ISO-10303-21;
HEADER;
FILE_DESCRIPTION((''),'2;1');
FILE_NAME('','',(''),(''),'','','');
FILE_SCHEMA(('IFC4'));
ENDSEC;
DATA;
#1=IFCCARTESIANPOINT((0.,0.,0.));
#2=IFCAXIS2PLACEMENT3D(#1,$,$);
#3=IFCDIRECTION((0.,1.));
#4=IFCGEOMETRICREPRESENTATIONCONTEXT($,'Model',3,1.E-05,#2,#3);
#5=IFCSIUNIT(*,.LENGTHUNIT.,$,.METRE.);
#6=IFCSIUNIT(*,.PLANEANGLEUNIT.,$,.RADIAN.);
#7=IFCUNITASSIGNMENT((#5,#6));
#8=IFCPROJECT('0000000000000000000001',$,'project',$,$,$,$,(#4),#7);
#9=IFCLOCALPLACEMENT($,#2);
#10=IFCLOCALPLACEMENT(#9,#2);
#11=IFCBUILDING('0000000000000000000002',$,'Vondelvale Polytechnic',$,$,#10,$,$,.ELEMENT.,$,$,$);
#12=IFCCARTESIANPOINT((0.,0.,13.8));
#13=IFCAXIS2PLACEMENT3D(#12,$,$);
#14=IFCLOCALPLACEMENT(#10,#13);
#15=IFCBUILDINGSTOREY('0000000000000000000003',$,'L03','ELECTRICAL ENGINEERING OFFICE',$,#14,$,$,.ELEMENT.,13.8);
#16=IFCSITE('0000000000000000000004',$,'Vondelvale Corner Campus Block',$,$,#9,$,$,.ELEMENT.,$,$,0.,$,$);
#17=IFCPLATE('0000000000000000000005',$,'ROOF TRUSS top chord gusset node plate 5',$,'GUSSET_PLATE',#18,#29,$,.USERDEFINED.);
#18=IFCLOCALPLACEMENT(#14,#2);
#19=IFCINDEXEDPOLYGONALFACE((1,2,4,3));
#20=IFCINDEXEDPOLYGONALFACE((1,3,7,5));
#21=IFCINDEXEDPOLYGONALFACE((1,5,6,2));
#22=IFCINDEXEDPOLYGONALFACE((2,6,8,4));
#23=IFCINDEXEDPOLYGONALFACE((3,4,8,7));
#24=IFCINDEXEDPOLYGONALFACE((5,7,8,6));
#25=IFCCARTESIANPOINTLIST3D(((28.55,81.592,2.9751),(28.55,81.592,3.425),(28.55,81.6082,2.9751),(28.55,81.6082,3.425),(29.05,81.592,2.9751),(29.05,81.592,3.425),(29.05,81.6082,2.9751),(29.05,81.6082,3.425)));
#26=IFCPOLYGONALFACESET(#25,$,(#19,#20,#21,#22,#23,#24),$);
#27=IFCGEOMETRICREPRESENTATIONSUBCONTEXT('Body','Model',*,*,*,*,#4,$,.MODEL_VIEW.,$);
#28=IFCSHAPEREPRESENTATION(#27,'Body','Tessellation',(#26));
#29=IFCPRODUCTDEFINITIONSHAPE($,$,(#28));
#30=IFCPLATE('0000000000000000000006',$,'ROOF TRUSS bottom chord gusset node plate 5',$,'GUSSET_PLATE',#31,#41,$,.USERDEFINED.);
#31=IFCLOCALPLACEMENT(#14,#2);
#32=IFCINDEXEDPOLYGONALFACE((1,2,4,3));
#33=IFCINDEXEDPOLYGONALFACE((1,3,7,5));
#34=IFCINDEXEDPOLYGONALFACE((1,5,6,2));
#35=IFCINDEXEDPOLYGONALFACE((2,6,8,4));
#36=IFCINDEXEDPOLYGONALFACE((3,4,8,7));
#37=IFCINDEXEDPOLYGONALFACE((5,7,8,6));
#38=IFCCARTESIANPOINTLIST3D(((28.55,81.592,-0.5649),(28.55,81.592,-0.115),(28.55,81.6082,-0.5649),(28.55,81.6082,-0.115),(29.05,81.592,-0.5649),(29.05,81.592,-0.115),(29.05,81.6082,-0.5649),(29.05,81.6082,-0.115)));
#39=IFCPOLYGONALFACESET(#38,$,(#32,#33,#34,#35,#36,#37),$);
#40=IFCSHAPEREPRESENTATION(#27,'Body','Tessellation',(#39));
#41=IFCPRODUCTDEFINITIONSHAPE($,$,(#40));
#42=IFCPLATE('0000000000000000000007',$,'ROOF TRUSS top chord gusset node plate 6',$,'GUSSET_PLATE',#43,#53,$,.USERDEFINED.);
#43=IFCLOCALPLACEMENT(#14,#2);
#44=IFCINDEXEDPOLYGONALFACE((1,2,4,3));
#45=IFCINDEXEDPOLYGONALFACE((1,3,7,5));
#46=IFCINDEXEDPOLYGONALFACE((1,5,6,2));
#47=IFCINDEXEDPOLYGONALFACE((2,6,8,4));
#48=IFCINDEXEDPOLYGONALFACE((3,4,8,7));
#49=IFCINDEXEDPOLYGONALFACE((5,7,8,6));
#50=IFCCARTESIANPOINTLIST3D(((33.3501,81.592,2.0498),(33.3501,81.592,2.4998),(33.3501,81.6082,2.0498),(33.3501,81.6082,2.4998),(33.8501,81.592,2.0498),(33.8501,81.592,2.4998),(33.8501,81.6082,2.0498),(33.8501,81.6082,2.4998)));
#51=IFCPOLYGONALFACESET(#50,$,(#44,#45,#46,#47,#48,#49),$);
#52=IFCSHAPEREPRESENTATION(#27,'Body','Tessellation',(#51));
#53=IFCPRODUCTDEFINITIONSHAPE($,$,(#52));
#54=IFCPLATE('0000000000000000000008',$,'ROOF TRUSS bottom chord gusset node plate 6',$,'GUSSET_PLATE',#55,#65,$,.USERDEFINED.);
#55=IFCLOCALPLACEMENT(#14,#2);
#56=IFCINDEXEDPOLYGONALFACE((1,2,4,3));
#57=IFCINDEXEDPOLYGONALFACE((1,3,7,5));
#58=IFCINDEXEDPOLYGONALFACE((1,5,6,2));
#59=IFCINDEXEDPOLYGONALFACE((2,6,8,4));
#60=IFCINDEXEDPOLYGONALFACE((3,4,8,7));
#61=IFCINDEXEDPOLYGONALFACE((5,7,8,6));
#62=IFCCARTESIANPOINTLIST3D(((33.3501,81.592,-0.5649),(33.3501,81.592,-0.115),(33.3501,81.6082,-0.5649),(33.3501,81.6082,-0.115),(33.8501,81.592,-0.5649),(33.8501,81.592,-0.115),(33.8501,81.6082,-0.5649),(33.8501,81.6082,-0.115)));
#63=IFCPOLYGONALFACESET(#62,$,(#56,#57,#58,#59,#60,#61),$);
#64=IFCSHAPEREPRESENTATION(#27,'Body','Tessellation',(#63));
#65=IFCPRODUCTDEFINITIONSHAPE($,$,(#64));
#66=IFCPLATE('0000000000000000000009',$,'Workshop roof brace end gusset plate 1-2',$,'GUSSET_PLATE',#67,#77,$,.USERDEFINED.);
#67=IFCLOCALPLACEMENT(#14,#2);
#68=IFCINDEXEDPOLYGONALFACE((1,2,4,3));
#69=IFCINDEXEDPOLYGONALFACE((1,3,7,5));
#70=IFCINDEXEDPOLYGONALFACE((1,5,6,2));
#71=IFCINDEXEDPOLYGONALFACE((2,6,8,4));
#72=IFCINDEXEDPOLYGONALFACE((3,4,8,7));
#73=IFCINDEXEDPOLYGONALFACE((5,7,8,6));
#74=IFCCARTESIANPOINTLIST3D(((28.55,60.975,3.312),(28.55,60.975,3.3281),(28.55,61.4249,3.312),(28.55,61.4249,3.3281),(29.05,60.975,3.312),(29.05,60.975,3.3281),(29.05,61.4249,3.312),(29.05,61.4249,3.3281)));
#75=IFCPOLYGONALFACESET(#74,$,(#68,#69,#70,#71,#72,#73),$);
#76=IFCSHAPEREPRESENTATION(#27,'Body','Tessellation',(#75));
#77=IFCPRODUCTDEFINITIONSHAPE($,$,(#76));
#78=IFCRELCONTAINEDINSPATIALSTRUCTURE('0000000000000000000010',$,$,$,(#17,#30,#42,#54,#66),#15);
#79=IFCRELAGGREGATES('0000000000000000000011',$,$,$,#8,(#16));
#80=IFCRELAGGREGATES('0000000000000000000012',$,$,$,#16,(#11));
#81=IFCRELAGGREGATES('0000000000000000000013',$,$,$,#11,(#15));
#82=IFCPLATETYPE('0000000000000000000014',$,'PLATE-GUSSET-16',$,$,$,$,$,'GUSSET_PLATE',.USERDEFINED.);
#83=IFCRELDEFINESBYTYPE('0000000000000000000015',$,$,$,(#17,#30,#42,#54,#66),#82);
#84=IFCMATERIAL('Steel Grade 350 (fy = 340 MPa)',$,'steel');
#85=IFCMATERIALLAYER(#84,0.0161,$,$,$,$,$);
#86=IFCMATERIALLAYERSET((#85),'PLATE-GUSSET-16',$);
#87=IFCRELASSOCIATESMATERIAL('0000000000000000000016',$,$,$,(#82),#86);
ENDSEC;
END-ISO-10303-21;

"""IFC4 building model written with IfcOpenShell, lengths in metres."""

from ifc_helpers import new_model, si_unit, direction, frame, origin, origin_2d, place, context, subcontext, project, spatial, rectangle, extrude, material, layer, layer_set, type_object, element, save


model = new_model("IFC4")

# Units and contexts
model_context = context("Model", 3, precision=1e-05, world=origin(), true_north=direction((0.0, 1.0)))
body_context = subcontext(model_context, "Body", "Model", "MODEL_VIEW")
ifc_project = project(units=[si_unit("LENGTHUNIT", "METRE"), si_unit("PLANEANGLEUNIT", "RADIAN")], contexts=[model_context])

# Site, building, storey
site_placement = place(None, origin())
site = spatial("IfcSite", under=ifc_project, at=site_placement, Name="Vondelvale Corner Campus Block", CompositionType="ELEMENT", RefElevation=0.0)
building_placement = place(site_placement, origin())
building = spatial("IfcBuilding", under=site, at=building_placement, Name="Vondelvale Polytechnic", CompositionType="ELEMENT")
storey_placement = place(building_placement, frame((0.0, 0.0, 13.8)))
storey = spatial("IfcBuildingStorey", under=building, at=storey_placement, Name="L03", Description="ELECTRICAL ENGINEERING OFFICE", CompositionType="ELEMENT", Elevation=13.8)

# Plates
ifc_material_1 = material(Name="Steel Grade 350 (fy = 340 MPa)", Category="steel")
ifc_layer = layer(ifc_material_1, 0.0161)
ifc_layer_set = layer_set([ifc_layer], Name="PLATE-GUSSET-16")
plate_type = type_object("IfcPlateType", Name="PLATE-GUSSET-16", ElementType="GUSSET_PLATE", PredefinedType="USERDEFINED", material=ifc_layer_set)
for number, where, z_axis, x_axis, name in (
    (1, (28.8, 81.6001, 2.9751), (0.0, 0.0, 1.0), (1.0, 0.0, 0.0), "ROOF TRUSS top chord gusset node plate 5"),
    (2, (28.8, 81.6001, -0.5649), (0.0, 0.0, 1.0), (1.0, 0.0, 0.0), "ROOF TRUSS bottom chord gusset node plate 5"),
    (3, (33.6001, 81.6001, 2.0498), (0.0, 0.0, 1.0), (1.0, 0.0, 0.0), "ROOF TRUSS top chord gusset node plate 6"),
    (4, (33.6001, 81.6001, -0.5649), (0.0, 0.0, 1.0), (1.0, 0.0, 0.0), "ROOF TRUSS bottom chord gusset node plate 6"),
):
    element("IfcPlate", number, at=place(storey_placement, frame(where, z_axis=z_axis, x_axis=x_axis)), inside=storey, type_object=plate_type, Name=name, ObjectType="GUSSET_PLATE", PredefinedType="USERDEFINED", context=body_context, shape_type="SweptSolid", body=[
        extrude(rectangle(XDim=0.5, YDim=0.0161, at=origin_2d()), origin(), (0.0, 0.0, 1.0), 0.45),
    ])
plate_placement = place(storey_placement, frame((28.8, 61.2, 3.312), z_axis=(0.0, 0.0, 1.0), x_axis=(1.0, 0.0, 0.0)))
element("IfcPlate", 5, at=plate_placement, inside=storey, type_object=plate_type, Name="Workshop roof brace end gusset plate 1-2", ObjectType="GUSSET_PLATE", PredefinedType="USERDEFINED", context=body_context, shape_type="SweptSolid", body=[
    extrude(rectangle(XDim=0.5, YDim=0.45, at=origin_2d()), origin(), (0.0, 0.0, 1.0), 0.0161),
])

save(model, "model.ifc")
